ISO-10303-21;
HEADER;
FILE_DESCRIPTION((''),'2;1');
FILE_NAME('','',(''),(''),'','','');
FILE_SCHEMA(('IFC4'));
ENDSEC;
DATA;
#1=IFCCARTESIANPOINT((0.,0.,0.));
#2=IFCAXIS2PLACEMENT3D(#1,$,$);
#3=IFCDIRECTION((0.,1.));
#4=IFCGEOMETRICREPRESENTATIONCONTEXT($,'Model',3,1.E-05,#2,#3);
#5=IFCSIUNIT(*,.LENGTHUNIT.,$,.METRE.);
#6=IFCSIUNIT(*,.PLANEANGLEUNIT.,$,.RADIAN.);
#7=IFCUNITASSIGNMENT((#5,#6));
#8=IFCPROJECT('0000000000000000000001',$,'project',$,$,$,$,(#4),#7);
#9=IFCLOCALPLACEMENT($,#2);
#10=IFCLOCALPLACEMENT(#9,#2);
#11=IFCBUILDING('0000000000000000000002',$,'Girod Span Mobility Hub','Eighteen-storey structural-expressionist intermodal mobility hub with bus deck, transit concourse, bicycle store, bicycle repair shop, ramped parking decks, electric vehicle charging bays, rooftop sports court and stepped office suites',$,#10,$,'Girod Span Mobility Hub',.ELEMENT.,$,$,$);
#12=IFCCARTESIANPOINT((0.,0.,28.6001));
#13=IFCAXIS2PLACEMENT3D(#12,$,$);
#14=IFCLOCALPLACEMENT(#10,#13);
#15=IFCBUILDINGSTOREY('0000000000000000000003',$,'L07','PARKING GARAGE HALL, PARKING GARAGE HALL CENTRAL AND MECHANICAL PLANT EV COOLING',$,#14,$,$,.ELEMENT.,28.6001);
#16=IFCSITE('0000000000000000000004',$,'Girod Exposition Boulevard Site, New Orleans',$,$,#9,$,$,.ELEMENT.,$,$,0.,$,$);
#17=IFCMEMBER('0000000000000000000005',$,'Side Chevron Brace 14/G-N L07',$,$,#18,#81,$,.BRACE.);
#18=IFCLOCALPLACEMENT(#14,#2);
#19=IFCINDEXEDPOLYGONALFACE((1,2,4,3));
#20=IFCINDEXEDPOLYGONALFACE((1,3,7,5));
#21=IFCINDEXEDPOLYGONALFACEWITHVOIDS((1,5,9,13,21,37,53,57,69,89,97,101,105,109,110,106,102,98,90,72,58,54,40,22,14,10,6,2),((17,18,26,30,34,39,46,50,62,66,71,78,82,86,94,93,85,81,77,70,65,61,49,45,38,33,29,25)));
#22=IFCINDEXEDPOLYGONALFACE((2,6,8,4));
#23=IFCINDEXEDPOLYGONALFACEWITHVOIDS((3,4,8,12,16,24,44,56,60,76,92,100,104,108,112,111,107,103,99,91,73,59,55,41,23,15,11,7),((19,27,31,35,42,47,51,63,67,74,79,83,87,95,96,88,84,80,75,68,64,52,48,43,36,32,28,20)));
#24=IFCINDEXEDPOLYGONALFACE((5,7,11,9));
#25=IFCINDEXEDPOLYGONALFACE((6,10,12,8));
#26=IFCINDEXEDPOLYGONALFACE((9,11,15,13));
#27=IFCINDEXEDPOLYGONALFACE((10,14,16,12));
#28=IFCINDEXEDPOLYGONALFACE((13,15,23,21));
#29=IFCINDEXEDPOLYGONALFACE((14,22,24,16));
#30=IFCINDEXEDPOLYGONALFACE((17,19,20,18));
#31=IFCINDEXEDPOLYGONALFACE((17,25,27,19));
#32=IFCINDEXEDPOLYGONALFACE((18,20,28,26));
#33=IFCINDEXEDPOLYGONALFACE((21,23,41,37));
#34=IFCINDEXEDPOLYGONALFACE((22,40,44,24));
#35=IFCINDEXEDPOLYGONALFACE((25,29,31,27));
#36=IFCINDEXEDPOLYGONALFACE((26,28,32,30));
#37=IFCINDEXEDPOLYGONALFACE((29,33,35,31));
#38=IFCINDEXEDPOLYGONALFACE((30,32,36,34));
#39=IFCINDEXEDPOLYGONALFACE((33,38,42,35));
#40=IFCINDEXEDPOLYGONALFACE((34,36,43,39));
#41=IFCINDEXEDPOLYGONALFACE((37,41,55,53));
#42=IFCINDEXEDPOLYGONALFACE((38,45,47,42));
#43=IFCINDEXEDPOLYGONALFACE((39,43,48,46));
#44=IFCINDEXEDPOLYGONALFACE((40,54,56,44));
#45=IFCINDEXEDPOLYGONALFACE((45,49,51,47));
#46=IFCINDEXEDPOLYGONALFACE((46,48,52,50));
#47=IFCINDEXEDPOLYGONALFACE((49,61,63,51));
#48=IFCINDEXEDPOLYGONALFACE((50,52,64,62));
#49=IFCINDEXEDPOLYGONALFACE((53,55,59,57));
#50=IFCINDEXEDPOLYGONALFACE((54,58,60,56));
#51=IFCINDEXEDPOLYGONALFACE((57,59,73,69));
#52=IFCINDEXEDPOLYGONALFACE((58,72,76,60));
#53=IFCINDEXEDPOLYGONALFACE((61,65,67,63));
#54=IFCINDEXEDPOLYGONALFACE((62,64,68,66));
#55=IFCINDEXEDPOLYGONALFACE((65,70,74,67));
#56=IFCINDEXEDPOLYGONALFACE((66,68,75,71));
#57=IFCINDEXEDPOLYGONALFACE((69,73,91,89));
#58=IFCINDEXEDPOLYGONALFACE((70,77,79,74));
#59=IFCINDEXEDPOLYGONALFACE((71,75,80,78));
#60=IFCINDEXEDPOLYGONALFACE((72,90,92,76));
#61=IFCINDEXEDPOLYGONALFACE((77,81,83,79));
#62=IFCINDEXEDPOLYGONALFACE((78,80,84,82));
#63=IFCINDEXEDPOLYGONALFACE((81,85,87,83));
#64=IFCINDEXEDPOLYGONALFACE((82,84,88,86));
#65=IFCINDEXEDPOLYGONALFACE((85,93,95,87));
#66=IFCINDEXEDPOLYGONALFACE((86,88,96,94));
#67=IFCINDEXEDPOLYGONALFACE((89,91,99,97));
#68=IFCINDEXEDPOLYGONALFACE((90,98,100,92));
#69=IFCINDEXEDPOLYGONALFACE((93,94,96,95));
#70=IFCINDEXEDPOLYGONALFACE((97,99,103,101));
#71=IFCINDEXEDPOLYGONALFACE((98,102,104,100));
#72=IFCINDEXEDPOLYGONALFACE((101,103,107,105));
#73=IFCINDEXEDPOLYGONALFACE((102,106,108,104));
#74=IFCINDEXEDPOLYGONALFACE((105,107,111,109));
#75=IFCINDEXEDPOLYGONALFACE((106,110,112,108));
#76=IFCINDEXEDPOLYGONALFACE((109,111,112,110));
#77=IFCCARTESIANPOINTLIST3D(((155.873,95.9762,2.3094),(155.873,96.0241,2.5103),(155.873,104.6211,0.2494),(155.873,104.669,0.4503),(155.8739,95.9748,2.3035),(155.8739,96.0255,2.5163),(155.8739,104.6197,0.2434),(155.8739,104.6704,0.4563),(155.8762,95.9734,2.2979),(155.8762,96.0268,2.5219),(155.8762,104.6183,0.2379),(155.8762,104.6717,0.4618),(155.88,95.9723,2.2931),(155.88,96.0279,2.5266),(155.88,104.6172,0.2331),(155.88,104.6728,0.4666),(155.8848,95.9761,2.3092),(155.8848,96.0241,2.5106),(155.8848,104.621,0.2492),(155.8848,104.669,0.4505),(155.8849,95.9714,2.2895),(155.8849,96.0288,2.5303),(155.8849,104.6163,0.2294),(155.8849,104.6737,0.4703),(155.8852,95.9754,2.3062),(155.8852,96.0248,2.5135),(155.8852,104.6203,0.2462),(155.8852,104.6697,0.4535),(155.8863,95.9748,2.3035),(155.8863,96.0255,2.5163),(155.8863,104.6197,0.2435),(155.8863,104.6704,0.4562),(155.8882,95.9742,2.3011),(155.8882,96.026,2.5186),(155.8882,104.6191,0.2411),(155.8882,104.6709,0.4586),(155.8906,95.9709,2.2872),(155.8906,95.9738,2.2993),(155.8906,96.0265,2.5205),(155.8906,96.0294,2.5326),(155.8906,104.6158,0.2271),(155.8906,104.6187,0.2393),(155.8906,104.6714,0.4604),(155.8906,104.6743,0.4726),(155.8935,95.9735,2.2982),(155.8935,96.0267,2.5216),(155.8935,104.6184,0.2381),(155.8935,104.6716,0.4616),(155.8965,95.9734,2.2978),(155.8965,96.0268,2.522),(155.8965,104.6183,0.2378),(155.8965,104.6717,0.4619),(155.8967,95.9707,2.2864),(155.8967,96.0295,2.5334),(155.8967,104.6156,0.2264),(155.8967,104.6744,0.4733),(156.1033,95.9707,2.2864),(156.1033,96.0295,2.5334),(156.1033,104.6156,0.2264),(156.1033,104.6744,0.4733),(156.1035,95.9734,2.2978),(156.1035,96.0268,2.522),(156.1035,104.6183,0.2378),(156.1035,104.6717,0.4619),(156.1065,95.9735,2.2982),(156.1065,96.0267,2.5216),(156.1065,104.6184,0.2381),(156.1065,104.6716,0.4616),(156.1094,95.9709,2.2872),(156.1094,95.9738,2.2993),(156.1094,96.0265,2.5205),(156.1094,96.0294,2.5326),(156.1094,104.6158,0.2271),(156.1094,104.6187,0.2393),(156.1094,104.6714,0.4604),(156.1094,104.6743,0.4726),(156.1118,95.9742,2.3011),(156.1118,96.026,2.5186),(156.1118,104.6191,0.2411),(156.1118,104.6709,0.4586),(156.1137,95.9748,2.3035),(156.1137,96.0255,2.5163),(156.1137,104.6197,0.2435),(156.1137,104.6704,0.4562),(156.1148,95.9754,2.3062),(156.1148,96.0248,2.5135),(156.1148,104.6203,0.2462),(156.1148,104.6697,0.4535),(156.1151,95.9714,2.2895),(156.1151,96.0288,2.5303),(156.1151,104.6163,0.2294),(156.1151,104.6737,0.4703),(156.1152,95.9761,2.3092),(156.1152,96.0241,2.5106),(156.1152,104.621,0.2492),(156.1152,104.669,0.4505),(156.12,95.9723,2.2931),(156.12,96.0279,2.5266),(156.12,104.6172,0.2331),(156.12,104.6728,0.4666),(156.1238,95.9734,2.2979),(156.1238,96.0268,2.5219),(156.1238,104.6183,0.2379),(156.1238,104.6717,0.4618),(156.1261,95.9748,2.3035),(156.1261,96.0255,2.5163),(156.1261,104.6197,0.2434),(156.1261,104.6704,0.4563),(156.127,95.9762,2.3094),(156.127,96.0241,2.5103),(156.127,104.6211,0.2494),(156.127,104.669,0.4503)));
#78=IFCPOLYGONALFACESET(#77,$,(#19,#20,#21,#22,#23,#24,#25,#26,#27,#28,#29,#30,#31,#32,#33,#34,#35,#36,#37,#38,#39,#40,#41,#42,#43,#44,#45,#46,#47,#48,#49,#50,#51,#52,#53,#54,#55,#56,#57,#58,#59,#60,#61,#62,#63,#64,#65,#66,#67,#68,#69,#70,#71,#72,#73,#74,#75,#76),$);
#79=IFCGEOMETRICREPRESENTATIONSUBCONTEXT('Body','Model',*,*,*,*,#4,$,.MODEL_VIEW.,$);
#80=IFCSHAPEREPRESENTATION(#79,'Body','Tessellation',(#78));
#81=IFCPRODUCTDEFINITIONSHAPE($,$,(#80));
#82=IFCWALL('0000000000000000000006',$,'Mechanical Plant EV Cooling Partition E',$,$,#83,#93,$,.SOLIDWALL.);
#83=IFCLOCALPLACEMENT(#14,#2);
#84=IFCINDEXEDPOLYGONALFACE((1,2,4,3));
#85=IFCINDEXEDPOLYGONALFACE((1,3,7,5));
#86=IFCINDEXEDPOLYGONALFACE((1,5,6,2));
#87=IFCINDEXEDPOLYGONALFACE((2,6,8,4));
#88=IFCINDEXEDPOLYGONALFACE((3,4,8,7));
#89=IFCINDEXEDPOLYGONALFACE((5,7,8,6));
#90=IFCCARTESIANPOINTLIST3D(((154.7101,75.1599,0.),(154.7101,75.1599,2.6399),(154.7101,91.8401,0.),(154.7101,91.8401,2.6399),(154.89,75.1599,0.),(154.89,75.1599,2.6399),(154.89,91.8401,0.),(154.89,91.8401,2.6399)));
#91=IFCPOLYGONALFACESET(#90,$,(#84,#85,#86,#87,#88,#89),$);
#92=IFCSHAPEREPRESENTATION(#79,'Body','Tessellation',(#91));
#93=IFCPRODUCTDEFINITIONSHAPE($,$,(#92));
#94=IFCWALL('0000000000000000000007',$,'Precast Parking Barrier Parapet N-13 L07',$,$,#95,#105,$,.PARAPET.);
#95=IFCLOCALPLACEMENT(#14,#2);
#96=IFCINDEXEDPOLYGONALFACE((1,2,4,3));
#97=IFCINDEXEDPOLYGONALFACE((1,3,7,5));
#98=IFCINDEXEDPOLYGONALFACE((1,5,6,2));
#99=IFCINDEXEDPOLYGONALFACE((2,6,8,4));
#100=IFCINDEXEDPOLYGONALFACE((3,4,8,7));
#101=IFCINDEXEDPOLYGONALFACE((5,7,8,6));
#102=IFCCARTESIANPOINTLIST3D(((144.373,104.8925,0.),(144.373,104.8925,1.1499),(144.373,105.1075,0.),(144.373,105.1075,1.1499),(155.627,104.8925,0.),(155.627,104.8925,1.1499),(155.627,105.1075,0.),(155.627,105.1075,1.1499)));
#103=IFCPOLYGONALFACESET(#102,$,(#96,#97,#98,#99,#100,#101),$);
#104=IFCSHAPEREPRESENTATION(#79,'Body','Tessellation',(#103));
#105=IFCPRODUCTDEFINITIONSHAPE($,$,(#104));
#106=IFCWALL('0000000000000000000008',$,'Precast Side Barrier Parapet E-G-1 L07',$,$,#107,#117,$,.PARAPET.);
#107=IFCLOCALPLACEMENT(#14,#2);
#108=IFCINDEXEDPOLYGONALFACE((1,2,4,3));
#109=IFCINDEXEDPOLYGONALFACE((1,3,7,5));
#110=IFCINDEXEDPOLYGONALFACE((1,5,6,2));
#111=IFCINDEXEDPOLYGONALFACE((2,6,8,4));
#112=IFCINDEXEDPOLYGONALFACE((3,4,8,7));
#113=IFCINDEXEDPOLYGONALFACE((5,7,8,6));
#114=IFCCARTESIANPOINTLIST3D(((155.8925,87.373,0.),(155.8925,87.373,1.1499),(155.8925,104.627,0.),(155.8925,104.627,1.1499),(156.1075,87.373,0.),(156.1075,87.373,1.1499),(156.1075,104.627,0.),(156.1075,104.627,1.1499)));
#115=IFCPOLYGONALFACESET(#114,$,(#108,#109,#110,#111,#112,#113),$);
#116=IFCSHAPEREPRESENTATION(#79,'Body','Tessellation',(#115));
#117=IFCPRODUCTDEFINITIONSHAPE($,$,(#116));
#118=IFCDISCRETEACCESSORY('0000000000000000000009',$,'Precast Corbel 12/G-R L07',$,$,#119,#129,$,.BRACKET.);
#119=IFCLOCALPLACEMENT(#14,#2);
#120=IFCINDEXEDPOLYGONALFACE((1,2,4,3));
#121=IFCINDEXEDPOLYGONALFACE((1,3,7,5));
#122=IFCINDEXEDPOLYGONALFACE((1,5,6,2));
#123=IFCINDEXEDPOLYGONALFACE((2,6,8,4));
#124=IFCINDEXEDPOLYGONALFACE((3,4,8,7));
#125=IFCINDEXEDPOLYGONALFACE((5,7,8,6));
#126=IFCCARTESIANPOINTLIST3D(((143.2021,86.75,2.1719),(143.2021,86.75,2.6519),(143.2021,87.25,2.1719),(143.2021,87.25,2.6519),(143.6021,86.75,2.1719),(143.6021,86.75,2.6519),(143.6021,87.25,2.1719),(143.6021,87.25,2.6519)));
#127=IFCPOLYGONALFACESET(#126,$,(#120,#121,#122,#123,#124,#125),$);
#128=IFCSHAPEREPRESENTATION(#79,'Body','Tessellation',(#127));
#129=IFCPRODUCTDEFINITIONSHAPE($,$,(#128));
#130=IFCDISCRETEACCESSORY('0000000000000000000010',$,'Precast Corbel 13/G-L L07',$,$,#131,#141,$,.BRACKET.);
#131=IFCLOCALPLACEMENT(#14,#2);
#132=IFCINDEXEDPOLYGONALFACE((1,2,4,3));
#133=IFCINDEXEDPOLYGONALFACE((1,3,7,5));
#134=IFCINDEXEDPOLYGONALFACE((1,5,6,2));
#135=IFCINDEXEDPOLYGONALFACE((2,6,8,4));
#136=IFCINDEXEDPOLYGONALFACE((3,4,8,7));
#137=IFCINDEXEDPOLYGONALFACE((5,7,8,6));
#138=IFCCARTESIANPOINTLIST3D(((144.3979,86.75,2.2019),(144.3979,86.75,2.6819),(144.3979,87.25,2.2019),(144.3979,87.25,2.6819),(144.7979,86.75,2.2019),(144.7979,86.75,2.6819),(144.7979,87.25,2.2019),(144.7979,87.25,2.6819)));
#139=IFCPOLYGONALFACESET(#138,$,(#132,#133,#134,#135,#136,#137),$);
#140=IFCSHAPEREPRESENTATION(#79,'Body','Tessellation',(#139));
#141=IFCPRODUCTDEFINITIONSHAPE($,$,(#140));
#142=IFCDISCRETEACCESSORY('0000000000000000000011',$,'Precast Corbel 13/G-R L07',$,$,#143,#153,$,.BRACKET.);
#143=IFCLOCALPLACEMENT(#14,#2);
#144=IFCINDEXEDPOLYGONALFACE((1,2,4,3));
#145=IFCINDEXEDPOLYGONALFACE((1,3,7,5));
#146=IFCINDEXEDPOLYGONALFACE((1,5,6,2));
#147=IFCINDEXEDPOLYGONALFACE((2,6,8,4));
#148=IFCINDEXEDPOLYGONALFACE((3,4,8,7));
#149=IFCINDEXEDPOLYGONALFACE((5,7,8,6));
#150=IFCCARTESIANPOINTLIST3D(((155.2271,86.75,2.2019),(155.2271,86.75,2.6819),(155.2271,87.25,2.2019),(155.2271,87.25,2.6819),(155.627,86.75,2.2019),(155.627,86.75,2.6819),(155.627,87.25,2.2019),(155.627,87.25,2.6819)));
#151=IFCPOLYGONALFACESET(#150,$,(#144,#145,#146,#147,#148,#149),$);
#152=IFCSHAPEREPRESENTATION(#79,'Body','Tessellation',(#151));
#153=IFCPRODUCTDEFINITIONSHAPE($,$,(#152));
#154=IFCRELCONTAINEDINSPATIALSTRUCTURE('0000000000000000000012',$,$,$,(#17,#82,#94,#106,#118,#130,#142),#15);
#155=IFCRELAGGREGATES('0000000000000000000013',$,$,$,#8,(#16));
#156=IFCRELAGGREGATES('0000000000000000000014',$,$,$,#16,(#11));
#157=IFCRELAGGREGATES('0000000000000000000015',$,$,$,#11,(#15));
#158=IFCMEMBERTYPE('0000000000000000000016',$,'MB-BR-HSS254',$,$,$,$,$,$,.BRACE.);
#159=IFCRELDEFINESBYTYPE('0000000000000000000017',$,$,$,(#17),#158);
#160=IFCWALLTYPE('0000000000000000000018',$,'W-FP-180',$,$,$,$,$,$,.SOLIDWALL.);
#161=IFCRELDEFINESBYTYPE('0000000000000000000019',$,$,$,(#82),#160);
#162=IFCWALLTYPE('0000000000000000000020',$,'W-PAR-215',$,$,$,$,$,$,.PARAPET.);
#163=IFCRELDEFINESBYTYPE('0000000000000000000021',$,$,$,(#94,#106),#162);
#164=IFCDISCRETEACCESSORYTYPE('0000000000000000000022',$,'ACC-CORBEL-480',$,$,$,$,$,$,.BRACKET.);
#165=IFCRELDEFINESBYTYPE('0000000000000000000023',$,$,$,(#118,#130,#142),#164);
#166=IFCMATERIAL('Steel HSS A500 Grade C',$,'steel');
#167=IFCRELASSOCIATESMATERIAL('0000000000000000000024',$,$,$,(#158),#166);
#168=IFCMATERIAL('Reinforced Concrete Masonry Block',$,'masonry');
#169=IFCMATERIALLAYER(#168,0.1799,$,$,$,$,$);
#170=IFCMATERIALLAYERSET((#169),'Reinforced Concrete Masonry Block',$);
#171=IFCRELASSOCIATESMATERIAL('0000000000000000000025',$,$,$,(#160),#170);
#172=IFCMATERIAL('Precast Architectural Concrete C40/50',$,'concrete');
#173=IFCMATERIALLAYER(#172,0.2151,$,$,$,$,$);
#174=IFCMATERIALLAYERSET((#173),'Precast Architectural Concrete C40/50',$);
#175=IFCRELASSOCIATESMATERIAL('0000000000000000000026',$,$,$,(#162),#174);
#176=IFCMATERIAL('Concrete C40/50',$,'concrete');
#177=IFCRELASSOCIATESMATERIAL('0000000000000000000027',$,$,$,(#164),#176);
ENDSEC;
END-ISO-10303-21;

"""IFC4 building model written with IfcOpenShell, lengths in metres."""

from ifc_helpers import new_model, si_unit, direction, frame, frame_2d, origin, origin_2d, place, context, subcontext, project, spatial, rectangle, hollow_rectangle, extrude, material, layer, layer_set, material_profile, profile_set, type_object, element, save


model = new_model("IFC4")

# Units and contexts
model_context = context("Model", 3, precision=1e-05, world=origin(), true_north=direction((0.0, 1.0)))
body_context = subcontext(model_context, "Body", "Model", "MODEL_VIEW")
ifc_project = project(units=[si_unit("LENGTHUNIT", "METRE"), si_unit("PLANEANGLEUNIT", "RADIAN")], contexts=[model_context])

# Site, building, storey
site_placement = place(None, origin())
site = spatial("IfcSite", under=ifc_project, at=site_placement, Name="Girod Exposition Boulevard Site, New Orleans", CompositionType="ELEMENT", RefElevation=0.0)
building_placement = place(site_placement, origin())
building = spatial("IfcBuilding", under=site, at=building_placement, Name="Girod Span Mobility Hub", Description="Eighteen-storey structural-expressionist intermodal mobility hub with bus deck, transit concourse, bicycle store, bicycle repair shop, ramped parking decks, electric vehicle charging bays, rooftop sports court and stepped office suites", LongName="Girod Span Mobility Hub", CompositionType="ELEMENT")
storey_placement = place(building_placement, frame((0.0, 0.0, 28.6001)))
storey = spatial("IfcBuildingStorey", under=building, at=storey_placement, Name="L07", Description="PARKING GARAGE HALL, PARKING GARAGE HALL CENTRAL AND MECHANICAL PLANT EV COOLING", CompositionType="ELEMENT", Elevation=28.6001)

# Member
ifc_material_1 = material(Name="Steel HSS A500 Grade C", Category="steel")
ifc_material_profile_1 = material_profile(ifc_material_1, hollow_rectangle(XDim=0.2539, YDim=0.2539, WallThickness=0.0117, InnerFilletRadius=0.0117, OuterFilletRadius=0.0237, at=origin_2d()), Name="HSS254X254X12.7")
ifc_profile_set_1 = profile_set([ifc_material_profile_1], Name="Steel HSS A500 Grade C")
member_type = type_object("IfcMemberType", Name="MB-BR-HSS254", PredefinedType="BRACE", material=ifc_profile_set_1)
for number, where, z_axis, x_axis, name in (
    (1, (156.0, 104.645, 0.3499), (0.0, -0.972763, 0.231804), (1.0, 0.0, 0.0), "Side Chevron Brace 14/G-N L07"),
):
    element("IfcMember", number, at=place(storey_placement, frame(where, z_axis=z_axis, x_axis=x_axis)), inside=storey, type_object=member_type, Name=name, PredefinedType="BRACE", context=body_context, shape_type="SweptSolid", body=[
        extrude(hollow_rectangle(XDim=0.2539, YDim=0.2539, WallThickness=0.0117, InnerFilletRadius=0.0117, OuterFilletRadius=0.0237, at=origin_2d()), origin(), (0.0, 0.0, 1.0), 8.887),
    ])

# Walls
ifc_material_2 = material(Name="Reinforced Concrete Masonry Block", Category="masonry")
ifc_layer_1 = layer(ifc_material_2, 0.1799)
ifc_layer_set_1 = layer_set([ifc_layer_1], Name="Reinforced Concrete Masonry Block")
wall_type_1 = type_object("IfcWallType", Name="W-FP-180", PredefinedType="SOLIDWALL", material=ifc_layer_set_1)
wall_1_placement = place(storey_placement, frame((154.8, 75.1599, 0.0), z_axis=(0.0, 0.0, 1.0), x_axis=(0.0, 1.0, 0.0)))
element("IfcWall", 2, at=wall_1_placement, inside=storey, type_object=wall_type_1, Name="Mechanical Plant EV Cooling Partition E", PredefinedType="SOLIDWALL", context=body_context, shape_type="SweptSolid", body=[
    extrude(rectangle(XDim=16.6802, YDim=0.1799, at=frame_2d((8.3401, 0.0))), origin(), (0.0, 0.0, 1.0), 2.6399),
])
ifc_material_3 = material(Name="Precast Architectural Concrete C40/50", Category="concrete")
ifc_layer_2 = layer(ifc_material_3, 0.2151)
ifc_layer_set_2 = layer_set([ifc_layer_2], Name="Precast Architectural Concrete C40/50")
wall_type_2 = type_object("IfcWallType", Name="W-PAR-215", PredefinedType="PARAPET", material=ifc_layer_set_2)
wall_2_placement = place(storey_placement, frame((144.373, 105.0, 0.0), z_axis=(0.0, 0.0, 1.0), x_axis=(1.0, 0.0, 0.0)))
element("IfcWall", 3, at=wall_2_placement, inside=storey, type_object=wall_type_2, Name="Precast Parking Barrier Parapet N-13 L07", PredefinedType="PARAPET", context=body_context, shape_type="SweptSolid", body=[
    extrude(rectangle(XDim=11.2539, YDim=0.2151, at=frame_2d((5.627, 0.0))), origin(), (0.0, 0.0, 1.0), 1.1499),
])
wall_3_placement = place(storey_placement, frame((156.0, 87.373, 0.0), z_axis=(0.0, 0.0, 1.0), x_axis=(0.0, 1.0, 0.0)))
element("IfcWall", 4, at=wall_3_placement, inside=storey, type_object=wall_type_2, Name="Precast Side Barrier Parapet E-G-1 L07", PredefinedType="PARAPET", context=body_context, shape_type="SweptSolid", body=[
    extrude(rectangle(XDim=17.2539, YDim=0.2151, at=frame_2d((8.627, 0.0))), origin(), (0.0, 0.0, 1.0), 1.1499),
])

# Discrete accessories
ifc_material_4 = material(Name="Concrete C40/50", Category="concrete")
discrete_accessory_type = type_object("IfcDiscreteAccessoryType", Name="ACC-CORBEL-480", PredefinedType="BRACKET", material=ifc_material_4)
for number, where, z_axis, x_axis, name in (
    (5, (143.4021, 87.0, 2.1719), (0.0, 0.0, 1.0), (1.0, 0.0, 0.0), "Precast Corbel 12/G-R L07"),
    (6, (144.5979, 87.0, 2.2019), (0.0, 0.0, 1.0), (1.0, 0.0, 0.0), "Precast Corbel 13/G-L L07"),
    (7, (155.427, 87.0, 2.2019), (0.0, 0.0, 1.0), (1.0, 0.0, 0.0), "Precast Corbel 13/G-R L07"),
):
    element("IfcDiscreteAccessory", number, at=place(storey_placement, frame(where, z_axis=z_axis, x_axis=x_axis)), inside=storey, type_object=discrete_accessory_type, Name=name, PredefinedType="BRACKET", context=body_context, shape_type="SweptSolid", body=[
        extrude(rectangle(XDim=0.3999, YDim=0.5, at=origin_2d()), origin(), (0.0, 0.0, 1.0), 0.48),
    ])

save(model, "model.ifc")
